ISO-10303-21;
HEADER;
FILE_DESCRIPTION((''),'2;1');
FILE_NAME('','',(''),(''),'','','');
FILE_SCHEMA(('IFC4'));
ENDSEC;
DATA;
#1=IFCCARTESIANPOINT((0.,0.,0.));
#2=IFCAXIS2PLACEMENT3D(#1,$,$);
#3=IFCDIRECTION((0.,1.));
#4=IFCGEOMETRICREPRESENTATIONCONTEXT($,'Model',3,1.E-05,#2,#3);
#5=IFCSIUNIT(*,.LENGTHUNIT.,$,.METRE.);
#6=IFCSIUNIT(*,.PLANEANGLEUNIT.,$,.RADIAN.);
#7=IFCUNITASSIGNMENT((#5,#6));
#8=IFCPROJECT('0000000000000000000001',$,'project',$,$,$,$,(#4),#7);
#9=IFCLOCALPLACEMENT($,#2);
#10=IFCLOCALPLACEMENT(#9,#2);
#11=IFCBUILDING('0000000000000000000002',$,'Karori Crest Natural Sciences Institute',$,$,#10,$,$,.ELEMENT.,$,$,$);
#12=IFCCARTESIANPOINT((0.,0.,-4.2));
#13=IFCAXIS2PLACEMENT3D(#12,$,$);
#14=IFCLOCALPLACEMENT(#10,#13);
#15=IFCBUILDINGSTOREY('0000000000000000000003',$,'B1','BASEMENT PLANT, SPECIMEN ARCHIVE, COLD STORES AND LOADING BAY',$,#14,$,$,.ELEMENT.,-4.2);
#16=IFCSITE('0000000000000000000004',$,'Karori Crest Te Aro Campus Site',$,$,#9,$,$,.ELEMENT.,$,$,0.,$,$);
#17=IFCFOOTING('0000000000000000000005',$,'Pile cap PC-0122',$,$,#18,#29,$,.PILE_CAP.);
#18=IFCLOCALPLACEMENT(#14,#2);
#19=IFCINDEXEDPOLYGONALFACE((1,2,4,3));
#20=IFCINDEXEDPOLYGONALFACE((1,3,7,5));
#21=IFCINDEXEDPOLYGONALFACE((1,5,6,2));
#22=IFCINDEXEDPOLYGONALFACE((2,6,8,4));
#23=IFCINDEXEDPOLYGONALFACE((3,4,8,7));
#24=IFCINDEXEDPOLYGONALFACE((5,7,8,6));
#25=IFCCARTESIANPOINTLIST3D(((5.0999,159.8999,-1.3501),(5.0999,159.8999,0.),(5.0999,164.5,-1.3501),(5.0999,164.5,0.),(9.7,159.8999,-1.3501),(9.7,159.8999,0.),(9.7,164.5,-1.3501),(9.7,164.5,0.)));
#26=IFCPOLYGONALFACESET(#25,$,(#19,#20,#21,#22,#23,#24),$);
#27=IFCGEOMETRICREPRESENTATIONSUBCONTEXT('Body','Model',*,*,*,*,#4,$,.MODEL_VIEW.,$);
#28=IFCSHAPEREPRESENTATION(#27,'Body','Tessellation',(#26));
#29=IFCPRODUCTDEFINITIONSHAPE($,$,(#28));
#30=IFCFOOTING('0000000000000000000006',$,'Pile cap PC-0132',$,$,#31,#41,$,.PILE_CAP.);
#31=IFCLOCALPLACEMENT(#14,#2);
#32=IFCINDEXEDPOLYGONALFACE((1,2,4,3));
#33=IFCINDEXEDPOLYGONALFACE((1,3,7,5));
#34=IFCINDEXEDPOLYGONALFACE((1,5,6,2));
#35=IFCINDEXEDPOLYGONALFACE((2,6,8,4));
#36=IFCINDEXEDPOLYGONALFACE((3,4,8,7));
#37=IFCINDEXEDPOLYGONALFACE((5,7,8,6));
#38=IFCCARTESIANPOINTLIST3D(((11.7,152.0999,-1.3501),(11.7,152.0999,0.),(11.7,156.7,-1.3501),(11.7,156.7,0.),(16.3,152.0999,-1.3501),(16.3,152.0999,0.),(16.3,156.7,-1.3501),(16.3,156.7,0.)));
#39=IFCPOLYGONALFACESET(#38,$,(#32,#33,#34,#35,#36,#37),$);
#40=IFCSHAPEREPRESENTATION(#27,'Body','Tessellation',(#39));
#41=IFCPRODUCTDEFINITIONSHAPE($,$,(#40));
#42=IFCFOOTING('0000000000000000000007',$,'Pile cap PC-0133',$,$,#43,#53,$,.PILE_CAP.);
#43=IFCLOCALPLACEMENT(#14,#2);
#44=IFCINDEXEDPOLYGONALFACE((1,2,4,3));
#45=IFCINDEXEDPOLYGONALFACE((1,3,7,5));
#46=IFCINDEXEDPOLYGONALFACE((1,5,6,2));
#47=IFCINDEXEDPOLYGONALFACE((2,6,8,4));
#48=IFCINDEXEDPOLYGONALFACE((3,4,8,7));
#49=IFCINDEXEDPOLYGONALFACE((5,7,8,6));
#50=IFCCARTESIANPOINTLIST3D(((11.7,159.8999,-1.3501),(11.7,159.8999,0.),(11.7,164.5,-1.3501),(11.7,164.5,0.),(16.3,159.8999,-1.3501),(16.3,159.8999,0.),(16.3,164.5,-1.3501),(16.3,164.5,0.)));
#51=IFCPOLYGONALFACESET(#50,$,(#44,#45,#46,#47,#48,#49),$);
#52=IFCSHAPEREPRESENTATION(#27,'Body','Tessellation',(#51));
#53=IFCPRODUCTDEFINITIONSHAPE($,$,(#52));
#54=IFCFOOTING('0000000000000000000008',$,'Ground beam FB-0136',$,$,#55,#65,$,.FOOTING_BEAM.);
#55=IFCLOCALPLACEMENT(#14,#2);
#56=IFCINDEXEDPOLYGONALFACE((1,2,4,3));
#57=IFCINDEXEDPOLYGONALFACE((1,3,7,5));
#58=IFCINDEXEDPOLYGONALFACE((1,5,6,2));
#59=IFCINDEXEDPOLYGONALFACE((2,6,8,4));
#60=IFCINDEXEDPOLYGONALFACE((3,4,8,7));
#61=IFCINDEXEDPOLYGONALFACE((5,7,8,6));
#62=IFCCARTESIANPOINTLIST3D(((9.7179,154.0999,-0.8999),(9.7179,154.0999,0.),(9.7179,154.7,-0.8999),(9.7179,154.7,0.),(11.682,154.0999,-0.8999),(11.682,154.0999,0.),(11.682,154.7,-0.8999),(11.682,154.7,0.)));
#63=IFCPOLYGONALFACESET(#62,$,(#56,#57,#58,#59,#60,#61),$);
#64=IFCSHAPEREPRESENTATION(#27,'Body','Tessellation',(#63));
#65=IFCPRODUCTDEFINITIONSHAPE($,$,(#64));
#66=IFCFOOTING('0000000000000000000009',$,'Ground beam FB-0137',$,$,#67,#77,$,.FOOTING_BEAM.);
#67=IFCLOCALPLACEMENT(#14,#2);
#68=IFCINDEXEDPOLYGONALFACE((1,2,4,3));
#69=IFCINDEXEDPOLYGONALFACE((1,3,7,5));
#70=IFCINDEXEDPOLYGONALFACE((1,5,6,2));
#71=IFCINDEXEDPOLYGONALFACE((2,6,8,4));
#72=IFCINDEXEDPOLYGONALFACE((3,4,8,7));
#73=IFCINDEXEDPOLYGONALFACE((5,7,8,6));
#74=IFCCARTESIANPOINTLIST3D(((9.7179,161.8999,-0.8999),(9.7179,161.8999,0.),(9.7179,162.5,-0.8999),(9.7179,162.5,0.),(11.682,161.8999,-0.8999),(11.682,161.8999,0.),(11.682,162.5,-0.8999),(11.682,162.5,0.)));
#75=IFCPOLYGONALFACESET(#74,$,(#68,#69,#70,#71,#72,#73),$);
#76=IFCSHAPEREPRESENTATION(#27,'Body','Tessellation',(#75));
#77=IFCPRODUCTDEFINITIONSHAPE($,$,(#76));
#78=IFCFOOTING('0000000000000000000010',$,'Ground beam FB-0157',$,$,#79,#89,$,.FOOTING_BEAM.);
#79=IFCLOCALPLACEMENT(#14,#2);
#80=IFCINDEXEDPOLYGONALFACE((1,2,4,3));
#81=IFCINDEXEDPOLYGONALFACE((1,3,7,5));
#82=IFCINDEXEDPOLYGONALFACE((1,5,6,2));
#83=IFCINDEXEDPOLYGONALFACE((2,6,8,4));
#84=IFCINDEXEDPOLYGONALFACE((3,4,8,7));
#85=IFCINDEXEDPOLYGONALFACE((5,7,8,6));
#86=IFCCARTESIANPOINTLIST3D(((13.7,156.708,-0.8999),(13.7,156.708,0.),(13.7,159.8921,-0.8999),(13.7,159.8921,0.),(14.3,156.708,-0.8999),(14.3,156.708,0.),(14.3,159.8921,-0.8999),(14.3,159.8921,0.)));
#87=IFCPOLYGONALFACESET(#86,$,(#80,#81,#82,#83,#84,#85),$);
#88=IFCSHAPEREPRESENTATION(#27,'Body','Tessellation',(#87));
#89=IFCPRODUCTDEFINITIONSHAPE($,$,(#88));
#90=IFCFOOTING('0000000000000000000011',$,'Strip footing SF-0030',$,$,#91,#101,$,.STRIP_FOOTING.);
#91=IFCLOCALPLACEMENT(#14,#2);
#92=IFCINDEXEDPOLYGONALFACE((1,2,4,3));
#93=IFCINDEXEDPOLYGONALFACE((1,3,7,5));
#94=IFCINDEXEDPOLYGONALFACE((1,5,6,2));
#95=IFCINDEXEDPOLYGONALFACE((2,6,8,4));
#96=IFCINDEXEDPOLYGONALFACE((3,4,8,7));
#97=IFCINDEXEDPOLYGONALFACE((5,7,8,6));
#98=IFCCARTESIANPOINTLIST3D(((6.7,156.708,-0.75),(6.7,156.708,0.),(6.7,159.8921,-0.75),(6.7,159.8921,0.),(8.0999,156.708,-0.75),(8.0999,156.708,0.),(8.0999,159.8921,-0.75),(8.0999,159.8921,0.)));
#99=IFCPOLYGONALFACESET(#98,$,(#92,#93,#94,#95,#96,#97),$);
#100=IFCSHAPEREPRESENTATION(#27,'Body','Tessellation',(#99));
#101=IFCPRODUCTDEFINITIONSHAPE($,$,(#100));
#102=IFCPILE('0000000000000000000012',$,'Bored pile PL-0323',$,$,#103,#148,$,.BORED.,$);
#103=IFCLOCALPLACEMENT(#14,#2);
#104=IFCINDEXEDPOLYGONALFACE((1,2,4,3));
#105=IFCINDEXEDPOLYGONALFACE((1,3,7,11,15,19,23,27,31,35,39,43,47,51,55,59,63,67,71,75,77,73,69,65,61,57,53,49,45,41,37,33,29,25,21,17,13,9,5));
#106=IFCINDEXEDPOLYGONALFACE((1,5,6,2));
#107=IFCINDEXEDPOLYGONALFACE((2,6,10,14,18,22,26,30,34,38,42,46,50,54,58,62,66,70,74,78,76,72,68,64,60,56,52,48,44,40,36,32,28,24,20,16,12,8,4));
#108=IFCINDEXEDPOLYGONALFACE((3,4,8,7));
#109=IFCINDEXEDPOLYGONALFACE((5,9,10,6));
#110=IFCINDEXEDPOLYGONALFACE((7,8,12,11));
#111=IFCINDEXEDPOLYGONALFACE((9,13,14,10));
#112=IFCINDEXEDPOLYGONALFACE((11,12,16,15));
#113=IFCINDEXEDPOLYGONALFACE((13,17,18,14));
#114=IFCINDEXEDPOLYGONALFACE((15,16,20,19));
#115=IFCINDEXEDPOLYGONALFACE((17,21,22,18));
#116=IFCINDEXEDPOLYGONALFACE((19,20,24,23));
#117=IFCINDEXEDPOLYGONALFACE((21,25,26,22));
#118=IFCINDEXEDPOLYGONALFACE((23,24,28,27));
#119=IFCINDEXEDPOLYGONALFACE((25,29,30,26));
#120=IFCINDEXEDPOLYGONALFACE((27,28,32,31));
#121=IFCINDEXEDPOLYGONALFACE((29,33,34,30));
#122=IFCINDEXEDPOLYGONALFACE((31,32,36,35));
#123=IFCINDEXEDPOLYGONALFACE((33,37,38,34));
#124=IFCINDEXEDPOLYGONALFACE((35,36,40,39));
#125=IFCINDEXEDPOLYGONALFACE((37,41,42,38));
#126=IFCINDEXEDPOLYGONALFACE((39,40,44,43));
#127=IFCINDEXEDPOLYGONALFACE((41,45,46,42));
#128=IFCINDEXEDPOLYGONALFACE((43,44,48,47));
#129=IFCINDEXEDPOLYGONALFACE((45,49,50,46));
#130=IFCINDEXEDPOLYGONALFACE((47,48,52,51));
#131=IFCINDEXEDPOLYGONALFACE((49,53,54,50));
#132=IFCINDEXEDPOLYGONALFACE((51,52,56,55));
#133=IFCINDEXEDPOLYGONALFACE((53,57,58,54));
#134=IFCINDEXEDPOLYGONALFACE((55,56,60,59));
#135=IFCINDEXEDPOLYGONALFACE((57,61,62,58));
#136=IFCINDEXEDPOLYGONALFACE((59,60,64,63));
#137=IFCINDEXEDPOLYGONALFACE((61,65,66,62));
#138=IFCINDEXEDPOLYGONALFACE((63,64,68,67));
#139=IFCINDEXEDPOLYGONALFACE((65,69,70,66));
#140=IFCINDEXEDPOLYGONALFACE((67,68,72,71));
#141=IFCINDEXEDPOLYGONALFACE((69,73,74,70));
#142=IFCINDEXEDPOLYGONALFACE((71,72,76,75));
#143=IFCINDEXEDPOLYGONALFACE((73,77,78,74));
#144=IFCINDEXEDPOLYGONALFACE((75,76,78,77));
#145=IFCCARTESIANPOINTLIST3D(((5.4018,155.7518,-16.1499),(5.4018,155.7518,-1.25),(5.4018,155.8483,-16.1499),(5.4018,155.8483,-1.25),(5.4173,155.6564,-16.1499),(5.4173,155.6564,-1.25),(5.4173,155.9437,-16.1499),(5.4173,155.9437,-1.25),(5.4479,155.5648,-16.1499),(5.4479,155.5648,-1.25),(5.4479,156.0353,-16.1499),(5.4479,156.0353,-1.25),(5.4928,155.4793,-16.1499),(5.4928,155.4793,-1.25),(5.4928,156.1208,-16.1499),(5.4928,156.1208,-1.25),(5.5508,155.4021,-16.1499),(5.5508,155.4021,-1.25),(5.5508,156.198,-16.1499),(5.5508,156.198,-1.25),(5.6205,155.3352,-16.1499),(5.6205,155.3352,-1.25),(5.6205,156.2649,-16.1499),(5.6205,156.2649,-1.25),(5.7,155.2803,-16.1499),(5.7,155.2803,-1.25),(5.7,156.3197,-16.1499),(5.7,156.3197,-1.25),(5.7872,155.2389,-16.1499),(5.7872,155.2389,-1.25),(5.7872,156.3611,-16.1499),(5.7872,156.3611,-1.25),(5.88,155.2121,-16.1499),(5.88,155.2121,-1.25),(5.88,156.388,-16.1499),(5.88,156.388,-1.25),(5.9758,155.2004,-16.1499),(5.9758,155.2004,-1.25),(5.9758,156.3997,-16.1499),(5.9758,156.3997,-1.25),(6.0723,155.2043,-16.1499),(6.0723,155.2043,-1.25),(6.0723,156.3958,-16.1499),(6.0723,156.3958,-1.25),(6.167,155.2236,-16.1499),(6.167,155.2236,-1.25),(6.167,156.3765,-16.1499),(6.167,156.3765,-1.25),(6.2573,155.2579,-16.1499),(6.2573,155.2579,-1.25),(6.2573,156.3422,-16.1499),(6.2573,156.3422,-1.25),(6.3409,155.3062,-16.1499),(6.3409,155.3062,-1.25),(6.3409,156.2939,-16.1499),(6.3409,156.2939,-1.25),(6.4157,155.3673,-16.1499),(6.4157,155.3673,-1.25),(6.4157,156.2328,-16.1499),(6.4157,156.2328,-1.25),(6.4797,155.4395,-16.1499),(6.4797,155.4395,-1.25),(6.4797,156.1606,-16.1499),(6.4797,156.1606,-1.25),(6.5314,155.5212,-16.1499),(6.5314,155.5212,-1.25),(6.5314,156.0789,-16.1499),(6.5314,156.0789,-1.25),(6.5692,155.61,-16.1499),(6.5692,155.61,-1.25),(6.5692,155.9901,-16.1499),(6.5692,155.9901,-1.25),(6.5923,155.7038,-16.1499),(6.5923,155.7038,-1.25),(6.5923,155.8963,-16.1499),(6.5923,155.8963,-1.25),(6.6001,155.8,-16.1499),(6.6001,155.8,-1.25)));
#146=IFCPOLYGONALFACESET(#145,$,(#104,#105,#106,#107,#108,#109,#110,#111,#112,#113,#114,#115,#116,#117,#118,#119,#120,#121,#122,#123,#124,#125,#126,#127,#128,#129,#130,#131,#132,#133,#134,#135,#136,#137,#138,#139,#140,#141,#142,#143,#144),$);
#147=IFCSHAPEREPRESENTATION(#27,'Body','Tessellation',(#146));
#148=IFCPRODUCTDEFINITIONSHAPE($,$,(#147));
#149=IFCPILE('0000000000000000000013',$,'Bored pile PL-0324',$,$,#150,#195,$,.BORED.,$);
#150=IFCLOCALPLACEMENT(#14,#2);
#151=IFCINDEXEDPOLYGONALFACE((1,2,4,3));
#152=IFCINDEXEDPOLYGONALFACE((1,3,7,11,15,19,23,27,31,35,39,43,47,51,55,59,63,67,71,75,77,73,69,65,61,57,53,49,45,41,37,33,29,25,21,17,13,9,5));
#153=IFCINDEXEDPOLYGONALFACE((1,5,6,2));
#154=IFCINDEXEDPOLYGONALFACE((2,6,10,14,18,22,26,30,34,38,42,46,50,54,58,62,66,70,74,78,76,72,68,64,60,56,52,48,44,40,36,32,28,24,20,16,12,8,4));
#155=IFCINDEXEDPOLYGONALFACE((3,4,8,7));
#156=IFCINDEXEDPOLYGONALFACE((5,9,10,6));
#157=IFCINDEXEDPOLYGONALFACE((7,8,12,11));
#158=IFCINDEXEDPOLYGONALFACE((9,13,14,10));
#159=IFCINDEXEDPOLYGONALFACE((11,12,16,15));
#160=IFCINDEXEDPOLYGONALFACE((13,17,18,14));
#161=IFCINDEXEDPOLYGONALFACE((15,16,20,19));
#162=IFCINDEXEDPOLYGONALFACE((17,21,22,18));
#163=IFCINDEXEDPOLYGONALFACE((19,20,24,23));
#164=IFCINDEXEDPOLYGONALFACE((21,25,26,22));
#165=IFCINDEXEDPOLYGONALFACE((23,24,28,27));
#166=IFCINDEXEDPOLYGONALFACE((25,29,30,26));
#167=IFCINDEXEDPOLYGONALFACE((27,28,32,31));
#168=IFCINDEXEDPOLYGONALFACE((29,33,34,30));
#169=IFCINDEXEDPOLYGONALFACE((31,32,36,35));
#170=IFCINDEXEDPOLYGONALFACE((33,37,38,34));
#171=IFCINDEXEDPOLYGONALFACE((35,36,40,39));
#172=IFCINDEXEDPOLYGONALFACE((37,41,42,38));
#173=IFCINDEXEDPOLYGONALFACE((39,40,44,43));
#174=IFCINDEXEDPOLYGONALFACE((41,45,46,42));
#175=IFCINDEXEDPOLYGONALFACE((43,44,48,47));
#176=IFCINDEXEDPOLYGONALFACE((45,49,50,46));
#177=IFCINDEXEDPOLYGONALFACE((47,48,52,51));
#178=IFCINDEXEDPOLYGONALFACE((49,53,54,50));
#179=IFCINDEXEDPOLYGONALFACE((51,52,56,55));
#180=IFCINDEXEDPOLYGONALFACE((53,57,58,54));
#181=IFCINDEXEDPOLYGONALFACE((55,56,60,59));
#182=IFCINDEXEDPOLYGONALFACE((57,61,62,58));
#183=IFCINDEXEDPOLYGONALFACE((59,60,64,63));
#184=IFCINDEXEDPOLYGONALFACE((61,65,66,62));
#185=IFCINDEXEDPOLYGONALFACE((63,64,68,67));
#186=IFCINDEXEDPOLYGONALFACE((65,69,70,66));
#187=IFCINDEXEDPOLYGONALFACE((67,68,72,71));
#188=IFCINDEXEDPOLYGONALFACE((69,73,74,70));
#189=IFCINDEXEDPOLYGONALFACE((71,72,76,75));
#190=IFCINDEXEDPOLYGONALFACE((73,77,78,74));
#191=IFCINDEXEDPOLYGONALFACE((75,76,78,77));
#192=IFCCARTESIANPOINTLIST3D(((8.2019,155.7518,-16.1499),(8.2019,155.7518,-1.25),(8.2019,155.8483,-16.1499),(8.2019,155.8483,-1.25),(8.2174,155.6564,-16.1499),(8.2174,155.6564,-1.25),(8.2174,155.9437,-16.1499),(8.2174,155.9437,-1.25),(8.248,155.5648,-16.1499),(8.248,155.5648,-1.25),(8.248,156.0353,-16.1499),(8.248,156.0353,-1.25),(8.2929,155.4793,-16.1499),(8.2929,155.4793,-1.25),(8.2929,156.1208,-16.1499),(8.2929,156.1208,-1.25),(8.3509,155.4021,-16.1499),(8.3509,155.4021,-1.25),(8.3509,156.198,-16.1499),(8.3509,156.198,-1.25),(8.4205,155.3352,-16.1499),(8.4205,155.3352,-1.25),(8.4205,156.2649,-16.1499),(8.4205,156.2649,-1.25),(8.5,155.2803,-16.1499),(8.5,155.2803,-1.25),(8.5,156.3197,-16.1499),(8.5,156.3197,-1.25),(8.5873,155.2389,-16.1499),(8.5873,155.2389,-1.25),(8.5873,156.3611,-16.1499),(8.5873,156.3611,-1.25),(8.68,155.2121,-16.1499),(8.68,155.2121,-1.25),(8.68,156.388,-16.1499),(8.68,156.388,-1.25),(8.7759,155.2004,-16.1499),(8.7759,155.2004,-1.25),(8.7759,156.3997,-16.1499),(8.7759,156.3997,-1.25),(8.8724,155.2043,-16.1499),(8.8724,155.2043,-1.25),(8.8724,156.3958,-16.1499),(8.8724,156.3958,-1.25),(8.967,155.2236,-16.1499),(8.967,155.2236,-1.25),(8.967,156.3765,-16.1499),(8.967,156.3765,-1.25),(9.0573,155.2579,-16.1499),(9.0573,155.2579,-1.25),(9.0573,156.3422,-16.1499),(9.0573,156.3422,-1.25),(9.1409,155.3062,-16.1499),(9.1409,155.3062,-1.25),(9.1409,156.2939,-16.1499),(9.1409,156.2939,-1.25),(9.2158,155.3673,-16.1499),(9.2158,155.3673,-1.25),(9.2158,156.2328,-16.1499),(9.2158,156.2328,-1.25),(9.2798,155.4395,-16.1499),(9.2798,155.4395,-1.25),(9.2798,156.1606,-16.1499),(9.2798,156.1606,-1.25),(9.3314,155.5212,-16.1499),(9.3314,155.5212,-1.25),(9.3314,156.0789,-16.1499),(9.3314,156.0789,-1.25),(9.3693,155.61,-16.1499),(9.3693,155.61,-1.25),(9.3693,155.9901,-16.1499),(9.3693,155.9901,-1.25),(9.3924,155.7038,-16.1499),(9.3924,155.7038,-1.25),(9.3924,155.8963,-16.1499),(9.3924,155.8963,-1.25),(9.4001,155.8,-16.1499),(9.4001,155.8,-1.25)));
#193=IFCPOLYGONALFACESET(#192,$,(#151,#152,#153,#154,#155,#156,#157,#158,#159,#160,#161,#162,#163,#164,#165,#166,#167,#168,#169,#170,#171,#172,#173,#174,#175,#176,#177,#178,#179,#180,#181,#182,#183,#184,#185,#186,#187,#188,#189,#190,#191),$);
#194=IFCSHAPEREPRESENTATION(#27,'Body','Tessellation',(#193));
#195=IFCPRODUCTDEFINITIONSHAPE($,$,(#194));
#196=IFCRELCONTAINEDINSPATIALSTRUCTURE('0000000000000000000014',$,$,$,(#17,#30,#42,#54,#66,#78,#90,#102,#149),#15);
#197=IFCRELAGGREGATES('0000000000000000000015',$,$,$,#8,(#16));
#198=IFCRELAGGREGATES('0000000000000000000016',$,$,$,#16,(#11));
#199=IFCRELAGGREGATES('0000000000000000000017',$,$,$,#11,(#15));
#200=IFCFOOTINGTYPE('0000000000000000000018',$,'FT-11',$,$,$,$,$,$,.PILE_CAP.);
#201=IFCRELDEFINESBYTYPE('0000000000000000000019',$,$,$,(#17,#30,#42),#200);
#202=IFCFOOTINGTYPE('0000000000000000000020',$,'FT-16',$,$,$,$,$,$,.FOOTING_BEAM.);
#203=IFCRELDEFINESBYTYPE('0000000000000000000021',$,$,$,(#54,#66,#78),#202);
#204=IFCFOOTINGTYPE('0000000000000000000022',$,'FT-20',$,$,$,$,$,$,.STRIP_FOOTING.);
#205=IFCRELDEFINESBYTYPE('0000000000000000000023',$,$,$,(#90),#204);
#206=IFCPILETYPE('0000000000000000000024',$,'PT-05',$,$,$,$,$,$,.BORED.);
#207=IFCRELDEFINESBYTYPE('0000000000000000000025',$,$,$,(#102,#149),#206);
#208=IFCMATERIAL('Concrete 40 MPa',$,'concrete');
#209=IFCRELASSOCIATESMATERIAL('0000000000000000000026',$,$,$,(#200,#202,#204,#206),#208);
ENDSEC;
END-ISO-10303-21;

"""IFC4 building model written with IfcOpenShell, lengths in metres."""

from ifc_helpers import new_model, si_unit, direction, frame, origin, origin_2d, place, context, subcontext, project, spatial, rectangle, circle, extrude, material, material_profile, profile_set, type_object, element, save


model = new_model("IFC4")

# Units and contexts
model_context = context("Model", 3, precision=1e-05, world=origin(), true_north=direction((0.0, 1.0)))
body_context = subcontext(model_context, "Body", "Model", "MODEL_VIEW")
ifc_project = project(units=[si_unit("LENGTHUNIT", "METRE"), si_unit("PLANEANGLEUNIT", "RADIAN")], contexts=[model_context])

# Site, building, storey
site_placement = place(None, origin())
site = spatial("IfcSite", under=ifc_project, at=site_placement, Name="Karori Crest Te Aro Campus Site", CompositionType="ELEMENT", RefElevation=0.0)
building_placement = place(site_placement, origin())
building = spatial("IfcBuilding", under=site, at=building_placement, Name="Karori Crest Natural Sciences Institute", CompositionType="ELEMENT")
storey_placement = place(building_placement, frame((0.0, 0.0, -4.2)))
storey = spatial("IfcBuildingStorey", under=building, at=storey_placement, Name="B1", Description="BASEMENT PLANT, SPECIMEN ARCHIVE, COLD STORES AND LOADING BAY", CompositionType="ELEMENT", Elevation=-4.2)

# Footings
ifc_material_1 = material(Name="Concrete 40 MPa", Category="concrete")
footing_type_1 = type_object("IfcFootingType", Name="FT-11", PredefinedType="PILE_CAP", material=ifc_material_1)
for number, where, z_axis, x_axis, name in (
    (1, (7.3999, 162.2, -1.3501), (0.0, 0.0, 1.0), (1.0, 0.0, 0.0), "Pile cap PC-0122"),
    (2, (14.0, 154.3999, -1.3501), (0.0, 0.0, 1.0), (1.0, 0.0, 0.0), "Pile cap PC-0132"),
    (3, (14.0, 162.2, -1.3501), (0.0, 0.0, 1.0), (1.0, 0.0, 0.0), "Pile cap PC-0133"),
):
    element("IfcFooting", number, at=place(storey_placement, frame(where, z_axis=z_axis, x_axis=x_axis)), inside=storey, type_object=footing_type_1, Name=name, PredefinedType="PILE_CAP", context=body_context, shape_type="SweptSolid", body=[
        extrude(rectangle(XDim=4.6001, YDim=4.6001, at=origin_2d()), origin(), (0.0, 0.0, 1.0), 1.3501),
    ])
footing_type_2 = type_object("IfcFootingType", Name="FT-16", PredefinedType="FOOTING_BEAM", material=ifc_material_1)
for number, where, z_axis, x_axis, name in (
    (4, (10.7, 154.3999, -0.8999), (0.0, 0.0, 1.0), (1.0, 0.0, 0.0), "Ground beam FB-0136"),
    (5, (10.7, 162.2, -0.8999), (0.0, 0.0, 1.0), (1.0, 0.0, 0.0), "Ground beam FB-0137"),
):
    element("IfcFooting", number, at=place(storey_placement, frame(where, z_axis=z_axis, x_axis=x_axis)), inside=storey, type_object=footing_type_2, Name=name, PredefinedType="FOOTING_BEAM", context=body_context, shape_type="SweptSolid", body=[
        extrude(rectangle(XDim=1.9641, YDim=0.6001, at=origin_2d()), origin(), (0.0, 0.0, 1.0), 0.8999),
    ])
footing_1_placement = place(storey_placement, frame((14.0, 158.3, -0.8999), z_axis=(0.0, 0.0, 1.0), x_axis=(0.0, 1.0, 0.0)))
element("IfcFooting", 6, at=footing_1_placement, inside=storey, type_object=footing_type_2, Name="Ground beam FB-0157", PredefinedType="FOOTING_BEAM", context=body_context, shape_type="SweptSolid", body=[
    extrude(rectangle(XDim=3.1841, YDim=0.6001, at=origin_2d()), origin(), (0.0, 0.0, 1.0), 0.8999),
])
footing_type_3 = type_object("IfcFootingType", Name="FT-20", PredefinedType="STRIP_FOOTING", material=ifc_material_1)
footing_2_placement = place(storey_placement, frame((7.3999, 158.3, -0.75), z_axis=(0.0, 0.0, 1.0), x_axis=(0.0, 1.0, 0.0)))
element("IfcFooting", 7, at=footing_2_placement, inside=storey, type_object=footing_type_3, Name="Strip footing SF-0030", PredefinedType="STRIP_FOOTING", context=body_context, shape_type="SweptSolid", body=[
    extrude(rectangle(XDim=3.1841, YDim=1.3999, at=origin_2d()), origin(), (0.0, 0.0, 1.0), 0.75),
])

# Piles
ifc_material_profile_1 = material_profile(ifc_material_1, circle(Radius=0.6001, at=origin_2d()), Name="PILE1200")
ifc_profile_set_1 = profile_set([ifc_material_profile_1], Name="Concrete 40 MPa")
pile_type = type_object("IfcPileType", Name="PT-05", PredefinedType="BORED", material=ifc_profile_set_1)
for number, where, z_axis, x_axis, name in (
    (8, (6.0, 155.8, -1.25), (0.0, 0.0, -1.0), (1.0, 0.0, 0.0), "Bored pile PL-0323"),
    (9, (8.8, 155.8, -1.25), (0.0, 0.0, -1.0), (1.0, 0.0, 0.0), "Bored pile PL-0324"),
):
    element("IfcPile", number, at=place(storey_placement, frame(where, z_axis=z_axis, x_axis=x_axis)), inside=storey, type_object=pile_type, Name=name, PredefinedType="BORED", context=body_context, shape_type="SweptSolid", body=[
        extrude(circle(Radius=0.6001, at=origin_2d()), origin(), (0.0, 0.0, 1.0), 14.8999),
    ])

save(model, "model.ifc")
